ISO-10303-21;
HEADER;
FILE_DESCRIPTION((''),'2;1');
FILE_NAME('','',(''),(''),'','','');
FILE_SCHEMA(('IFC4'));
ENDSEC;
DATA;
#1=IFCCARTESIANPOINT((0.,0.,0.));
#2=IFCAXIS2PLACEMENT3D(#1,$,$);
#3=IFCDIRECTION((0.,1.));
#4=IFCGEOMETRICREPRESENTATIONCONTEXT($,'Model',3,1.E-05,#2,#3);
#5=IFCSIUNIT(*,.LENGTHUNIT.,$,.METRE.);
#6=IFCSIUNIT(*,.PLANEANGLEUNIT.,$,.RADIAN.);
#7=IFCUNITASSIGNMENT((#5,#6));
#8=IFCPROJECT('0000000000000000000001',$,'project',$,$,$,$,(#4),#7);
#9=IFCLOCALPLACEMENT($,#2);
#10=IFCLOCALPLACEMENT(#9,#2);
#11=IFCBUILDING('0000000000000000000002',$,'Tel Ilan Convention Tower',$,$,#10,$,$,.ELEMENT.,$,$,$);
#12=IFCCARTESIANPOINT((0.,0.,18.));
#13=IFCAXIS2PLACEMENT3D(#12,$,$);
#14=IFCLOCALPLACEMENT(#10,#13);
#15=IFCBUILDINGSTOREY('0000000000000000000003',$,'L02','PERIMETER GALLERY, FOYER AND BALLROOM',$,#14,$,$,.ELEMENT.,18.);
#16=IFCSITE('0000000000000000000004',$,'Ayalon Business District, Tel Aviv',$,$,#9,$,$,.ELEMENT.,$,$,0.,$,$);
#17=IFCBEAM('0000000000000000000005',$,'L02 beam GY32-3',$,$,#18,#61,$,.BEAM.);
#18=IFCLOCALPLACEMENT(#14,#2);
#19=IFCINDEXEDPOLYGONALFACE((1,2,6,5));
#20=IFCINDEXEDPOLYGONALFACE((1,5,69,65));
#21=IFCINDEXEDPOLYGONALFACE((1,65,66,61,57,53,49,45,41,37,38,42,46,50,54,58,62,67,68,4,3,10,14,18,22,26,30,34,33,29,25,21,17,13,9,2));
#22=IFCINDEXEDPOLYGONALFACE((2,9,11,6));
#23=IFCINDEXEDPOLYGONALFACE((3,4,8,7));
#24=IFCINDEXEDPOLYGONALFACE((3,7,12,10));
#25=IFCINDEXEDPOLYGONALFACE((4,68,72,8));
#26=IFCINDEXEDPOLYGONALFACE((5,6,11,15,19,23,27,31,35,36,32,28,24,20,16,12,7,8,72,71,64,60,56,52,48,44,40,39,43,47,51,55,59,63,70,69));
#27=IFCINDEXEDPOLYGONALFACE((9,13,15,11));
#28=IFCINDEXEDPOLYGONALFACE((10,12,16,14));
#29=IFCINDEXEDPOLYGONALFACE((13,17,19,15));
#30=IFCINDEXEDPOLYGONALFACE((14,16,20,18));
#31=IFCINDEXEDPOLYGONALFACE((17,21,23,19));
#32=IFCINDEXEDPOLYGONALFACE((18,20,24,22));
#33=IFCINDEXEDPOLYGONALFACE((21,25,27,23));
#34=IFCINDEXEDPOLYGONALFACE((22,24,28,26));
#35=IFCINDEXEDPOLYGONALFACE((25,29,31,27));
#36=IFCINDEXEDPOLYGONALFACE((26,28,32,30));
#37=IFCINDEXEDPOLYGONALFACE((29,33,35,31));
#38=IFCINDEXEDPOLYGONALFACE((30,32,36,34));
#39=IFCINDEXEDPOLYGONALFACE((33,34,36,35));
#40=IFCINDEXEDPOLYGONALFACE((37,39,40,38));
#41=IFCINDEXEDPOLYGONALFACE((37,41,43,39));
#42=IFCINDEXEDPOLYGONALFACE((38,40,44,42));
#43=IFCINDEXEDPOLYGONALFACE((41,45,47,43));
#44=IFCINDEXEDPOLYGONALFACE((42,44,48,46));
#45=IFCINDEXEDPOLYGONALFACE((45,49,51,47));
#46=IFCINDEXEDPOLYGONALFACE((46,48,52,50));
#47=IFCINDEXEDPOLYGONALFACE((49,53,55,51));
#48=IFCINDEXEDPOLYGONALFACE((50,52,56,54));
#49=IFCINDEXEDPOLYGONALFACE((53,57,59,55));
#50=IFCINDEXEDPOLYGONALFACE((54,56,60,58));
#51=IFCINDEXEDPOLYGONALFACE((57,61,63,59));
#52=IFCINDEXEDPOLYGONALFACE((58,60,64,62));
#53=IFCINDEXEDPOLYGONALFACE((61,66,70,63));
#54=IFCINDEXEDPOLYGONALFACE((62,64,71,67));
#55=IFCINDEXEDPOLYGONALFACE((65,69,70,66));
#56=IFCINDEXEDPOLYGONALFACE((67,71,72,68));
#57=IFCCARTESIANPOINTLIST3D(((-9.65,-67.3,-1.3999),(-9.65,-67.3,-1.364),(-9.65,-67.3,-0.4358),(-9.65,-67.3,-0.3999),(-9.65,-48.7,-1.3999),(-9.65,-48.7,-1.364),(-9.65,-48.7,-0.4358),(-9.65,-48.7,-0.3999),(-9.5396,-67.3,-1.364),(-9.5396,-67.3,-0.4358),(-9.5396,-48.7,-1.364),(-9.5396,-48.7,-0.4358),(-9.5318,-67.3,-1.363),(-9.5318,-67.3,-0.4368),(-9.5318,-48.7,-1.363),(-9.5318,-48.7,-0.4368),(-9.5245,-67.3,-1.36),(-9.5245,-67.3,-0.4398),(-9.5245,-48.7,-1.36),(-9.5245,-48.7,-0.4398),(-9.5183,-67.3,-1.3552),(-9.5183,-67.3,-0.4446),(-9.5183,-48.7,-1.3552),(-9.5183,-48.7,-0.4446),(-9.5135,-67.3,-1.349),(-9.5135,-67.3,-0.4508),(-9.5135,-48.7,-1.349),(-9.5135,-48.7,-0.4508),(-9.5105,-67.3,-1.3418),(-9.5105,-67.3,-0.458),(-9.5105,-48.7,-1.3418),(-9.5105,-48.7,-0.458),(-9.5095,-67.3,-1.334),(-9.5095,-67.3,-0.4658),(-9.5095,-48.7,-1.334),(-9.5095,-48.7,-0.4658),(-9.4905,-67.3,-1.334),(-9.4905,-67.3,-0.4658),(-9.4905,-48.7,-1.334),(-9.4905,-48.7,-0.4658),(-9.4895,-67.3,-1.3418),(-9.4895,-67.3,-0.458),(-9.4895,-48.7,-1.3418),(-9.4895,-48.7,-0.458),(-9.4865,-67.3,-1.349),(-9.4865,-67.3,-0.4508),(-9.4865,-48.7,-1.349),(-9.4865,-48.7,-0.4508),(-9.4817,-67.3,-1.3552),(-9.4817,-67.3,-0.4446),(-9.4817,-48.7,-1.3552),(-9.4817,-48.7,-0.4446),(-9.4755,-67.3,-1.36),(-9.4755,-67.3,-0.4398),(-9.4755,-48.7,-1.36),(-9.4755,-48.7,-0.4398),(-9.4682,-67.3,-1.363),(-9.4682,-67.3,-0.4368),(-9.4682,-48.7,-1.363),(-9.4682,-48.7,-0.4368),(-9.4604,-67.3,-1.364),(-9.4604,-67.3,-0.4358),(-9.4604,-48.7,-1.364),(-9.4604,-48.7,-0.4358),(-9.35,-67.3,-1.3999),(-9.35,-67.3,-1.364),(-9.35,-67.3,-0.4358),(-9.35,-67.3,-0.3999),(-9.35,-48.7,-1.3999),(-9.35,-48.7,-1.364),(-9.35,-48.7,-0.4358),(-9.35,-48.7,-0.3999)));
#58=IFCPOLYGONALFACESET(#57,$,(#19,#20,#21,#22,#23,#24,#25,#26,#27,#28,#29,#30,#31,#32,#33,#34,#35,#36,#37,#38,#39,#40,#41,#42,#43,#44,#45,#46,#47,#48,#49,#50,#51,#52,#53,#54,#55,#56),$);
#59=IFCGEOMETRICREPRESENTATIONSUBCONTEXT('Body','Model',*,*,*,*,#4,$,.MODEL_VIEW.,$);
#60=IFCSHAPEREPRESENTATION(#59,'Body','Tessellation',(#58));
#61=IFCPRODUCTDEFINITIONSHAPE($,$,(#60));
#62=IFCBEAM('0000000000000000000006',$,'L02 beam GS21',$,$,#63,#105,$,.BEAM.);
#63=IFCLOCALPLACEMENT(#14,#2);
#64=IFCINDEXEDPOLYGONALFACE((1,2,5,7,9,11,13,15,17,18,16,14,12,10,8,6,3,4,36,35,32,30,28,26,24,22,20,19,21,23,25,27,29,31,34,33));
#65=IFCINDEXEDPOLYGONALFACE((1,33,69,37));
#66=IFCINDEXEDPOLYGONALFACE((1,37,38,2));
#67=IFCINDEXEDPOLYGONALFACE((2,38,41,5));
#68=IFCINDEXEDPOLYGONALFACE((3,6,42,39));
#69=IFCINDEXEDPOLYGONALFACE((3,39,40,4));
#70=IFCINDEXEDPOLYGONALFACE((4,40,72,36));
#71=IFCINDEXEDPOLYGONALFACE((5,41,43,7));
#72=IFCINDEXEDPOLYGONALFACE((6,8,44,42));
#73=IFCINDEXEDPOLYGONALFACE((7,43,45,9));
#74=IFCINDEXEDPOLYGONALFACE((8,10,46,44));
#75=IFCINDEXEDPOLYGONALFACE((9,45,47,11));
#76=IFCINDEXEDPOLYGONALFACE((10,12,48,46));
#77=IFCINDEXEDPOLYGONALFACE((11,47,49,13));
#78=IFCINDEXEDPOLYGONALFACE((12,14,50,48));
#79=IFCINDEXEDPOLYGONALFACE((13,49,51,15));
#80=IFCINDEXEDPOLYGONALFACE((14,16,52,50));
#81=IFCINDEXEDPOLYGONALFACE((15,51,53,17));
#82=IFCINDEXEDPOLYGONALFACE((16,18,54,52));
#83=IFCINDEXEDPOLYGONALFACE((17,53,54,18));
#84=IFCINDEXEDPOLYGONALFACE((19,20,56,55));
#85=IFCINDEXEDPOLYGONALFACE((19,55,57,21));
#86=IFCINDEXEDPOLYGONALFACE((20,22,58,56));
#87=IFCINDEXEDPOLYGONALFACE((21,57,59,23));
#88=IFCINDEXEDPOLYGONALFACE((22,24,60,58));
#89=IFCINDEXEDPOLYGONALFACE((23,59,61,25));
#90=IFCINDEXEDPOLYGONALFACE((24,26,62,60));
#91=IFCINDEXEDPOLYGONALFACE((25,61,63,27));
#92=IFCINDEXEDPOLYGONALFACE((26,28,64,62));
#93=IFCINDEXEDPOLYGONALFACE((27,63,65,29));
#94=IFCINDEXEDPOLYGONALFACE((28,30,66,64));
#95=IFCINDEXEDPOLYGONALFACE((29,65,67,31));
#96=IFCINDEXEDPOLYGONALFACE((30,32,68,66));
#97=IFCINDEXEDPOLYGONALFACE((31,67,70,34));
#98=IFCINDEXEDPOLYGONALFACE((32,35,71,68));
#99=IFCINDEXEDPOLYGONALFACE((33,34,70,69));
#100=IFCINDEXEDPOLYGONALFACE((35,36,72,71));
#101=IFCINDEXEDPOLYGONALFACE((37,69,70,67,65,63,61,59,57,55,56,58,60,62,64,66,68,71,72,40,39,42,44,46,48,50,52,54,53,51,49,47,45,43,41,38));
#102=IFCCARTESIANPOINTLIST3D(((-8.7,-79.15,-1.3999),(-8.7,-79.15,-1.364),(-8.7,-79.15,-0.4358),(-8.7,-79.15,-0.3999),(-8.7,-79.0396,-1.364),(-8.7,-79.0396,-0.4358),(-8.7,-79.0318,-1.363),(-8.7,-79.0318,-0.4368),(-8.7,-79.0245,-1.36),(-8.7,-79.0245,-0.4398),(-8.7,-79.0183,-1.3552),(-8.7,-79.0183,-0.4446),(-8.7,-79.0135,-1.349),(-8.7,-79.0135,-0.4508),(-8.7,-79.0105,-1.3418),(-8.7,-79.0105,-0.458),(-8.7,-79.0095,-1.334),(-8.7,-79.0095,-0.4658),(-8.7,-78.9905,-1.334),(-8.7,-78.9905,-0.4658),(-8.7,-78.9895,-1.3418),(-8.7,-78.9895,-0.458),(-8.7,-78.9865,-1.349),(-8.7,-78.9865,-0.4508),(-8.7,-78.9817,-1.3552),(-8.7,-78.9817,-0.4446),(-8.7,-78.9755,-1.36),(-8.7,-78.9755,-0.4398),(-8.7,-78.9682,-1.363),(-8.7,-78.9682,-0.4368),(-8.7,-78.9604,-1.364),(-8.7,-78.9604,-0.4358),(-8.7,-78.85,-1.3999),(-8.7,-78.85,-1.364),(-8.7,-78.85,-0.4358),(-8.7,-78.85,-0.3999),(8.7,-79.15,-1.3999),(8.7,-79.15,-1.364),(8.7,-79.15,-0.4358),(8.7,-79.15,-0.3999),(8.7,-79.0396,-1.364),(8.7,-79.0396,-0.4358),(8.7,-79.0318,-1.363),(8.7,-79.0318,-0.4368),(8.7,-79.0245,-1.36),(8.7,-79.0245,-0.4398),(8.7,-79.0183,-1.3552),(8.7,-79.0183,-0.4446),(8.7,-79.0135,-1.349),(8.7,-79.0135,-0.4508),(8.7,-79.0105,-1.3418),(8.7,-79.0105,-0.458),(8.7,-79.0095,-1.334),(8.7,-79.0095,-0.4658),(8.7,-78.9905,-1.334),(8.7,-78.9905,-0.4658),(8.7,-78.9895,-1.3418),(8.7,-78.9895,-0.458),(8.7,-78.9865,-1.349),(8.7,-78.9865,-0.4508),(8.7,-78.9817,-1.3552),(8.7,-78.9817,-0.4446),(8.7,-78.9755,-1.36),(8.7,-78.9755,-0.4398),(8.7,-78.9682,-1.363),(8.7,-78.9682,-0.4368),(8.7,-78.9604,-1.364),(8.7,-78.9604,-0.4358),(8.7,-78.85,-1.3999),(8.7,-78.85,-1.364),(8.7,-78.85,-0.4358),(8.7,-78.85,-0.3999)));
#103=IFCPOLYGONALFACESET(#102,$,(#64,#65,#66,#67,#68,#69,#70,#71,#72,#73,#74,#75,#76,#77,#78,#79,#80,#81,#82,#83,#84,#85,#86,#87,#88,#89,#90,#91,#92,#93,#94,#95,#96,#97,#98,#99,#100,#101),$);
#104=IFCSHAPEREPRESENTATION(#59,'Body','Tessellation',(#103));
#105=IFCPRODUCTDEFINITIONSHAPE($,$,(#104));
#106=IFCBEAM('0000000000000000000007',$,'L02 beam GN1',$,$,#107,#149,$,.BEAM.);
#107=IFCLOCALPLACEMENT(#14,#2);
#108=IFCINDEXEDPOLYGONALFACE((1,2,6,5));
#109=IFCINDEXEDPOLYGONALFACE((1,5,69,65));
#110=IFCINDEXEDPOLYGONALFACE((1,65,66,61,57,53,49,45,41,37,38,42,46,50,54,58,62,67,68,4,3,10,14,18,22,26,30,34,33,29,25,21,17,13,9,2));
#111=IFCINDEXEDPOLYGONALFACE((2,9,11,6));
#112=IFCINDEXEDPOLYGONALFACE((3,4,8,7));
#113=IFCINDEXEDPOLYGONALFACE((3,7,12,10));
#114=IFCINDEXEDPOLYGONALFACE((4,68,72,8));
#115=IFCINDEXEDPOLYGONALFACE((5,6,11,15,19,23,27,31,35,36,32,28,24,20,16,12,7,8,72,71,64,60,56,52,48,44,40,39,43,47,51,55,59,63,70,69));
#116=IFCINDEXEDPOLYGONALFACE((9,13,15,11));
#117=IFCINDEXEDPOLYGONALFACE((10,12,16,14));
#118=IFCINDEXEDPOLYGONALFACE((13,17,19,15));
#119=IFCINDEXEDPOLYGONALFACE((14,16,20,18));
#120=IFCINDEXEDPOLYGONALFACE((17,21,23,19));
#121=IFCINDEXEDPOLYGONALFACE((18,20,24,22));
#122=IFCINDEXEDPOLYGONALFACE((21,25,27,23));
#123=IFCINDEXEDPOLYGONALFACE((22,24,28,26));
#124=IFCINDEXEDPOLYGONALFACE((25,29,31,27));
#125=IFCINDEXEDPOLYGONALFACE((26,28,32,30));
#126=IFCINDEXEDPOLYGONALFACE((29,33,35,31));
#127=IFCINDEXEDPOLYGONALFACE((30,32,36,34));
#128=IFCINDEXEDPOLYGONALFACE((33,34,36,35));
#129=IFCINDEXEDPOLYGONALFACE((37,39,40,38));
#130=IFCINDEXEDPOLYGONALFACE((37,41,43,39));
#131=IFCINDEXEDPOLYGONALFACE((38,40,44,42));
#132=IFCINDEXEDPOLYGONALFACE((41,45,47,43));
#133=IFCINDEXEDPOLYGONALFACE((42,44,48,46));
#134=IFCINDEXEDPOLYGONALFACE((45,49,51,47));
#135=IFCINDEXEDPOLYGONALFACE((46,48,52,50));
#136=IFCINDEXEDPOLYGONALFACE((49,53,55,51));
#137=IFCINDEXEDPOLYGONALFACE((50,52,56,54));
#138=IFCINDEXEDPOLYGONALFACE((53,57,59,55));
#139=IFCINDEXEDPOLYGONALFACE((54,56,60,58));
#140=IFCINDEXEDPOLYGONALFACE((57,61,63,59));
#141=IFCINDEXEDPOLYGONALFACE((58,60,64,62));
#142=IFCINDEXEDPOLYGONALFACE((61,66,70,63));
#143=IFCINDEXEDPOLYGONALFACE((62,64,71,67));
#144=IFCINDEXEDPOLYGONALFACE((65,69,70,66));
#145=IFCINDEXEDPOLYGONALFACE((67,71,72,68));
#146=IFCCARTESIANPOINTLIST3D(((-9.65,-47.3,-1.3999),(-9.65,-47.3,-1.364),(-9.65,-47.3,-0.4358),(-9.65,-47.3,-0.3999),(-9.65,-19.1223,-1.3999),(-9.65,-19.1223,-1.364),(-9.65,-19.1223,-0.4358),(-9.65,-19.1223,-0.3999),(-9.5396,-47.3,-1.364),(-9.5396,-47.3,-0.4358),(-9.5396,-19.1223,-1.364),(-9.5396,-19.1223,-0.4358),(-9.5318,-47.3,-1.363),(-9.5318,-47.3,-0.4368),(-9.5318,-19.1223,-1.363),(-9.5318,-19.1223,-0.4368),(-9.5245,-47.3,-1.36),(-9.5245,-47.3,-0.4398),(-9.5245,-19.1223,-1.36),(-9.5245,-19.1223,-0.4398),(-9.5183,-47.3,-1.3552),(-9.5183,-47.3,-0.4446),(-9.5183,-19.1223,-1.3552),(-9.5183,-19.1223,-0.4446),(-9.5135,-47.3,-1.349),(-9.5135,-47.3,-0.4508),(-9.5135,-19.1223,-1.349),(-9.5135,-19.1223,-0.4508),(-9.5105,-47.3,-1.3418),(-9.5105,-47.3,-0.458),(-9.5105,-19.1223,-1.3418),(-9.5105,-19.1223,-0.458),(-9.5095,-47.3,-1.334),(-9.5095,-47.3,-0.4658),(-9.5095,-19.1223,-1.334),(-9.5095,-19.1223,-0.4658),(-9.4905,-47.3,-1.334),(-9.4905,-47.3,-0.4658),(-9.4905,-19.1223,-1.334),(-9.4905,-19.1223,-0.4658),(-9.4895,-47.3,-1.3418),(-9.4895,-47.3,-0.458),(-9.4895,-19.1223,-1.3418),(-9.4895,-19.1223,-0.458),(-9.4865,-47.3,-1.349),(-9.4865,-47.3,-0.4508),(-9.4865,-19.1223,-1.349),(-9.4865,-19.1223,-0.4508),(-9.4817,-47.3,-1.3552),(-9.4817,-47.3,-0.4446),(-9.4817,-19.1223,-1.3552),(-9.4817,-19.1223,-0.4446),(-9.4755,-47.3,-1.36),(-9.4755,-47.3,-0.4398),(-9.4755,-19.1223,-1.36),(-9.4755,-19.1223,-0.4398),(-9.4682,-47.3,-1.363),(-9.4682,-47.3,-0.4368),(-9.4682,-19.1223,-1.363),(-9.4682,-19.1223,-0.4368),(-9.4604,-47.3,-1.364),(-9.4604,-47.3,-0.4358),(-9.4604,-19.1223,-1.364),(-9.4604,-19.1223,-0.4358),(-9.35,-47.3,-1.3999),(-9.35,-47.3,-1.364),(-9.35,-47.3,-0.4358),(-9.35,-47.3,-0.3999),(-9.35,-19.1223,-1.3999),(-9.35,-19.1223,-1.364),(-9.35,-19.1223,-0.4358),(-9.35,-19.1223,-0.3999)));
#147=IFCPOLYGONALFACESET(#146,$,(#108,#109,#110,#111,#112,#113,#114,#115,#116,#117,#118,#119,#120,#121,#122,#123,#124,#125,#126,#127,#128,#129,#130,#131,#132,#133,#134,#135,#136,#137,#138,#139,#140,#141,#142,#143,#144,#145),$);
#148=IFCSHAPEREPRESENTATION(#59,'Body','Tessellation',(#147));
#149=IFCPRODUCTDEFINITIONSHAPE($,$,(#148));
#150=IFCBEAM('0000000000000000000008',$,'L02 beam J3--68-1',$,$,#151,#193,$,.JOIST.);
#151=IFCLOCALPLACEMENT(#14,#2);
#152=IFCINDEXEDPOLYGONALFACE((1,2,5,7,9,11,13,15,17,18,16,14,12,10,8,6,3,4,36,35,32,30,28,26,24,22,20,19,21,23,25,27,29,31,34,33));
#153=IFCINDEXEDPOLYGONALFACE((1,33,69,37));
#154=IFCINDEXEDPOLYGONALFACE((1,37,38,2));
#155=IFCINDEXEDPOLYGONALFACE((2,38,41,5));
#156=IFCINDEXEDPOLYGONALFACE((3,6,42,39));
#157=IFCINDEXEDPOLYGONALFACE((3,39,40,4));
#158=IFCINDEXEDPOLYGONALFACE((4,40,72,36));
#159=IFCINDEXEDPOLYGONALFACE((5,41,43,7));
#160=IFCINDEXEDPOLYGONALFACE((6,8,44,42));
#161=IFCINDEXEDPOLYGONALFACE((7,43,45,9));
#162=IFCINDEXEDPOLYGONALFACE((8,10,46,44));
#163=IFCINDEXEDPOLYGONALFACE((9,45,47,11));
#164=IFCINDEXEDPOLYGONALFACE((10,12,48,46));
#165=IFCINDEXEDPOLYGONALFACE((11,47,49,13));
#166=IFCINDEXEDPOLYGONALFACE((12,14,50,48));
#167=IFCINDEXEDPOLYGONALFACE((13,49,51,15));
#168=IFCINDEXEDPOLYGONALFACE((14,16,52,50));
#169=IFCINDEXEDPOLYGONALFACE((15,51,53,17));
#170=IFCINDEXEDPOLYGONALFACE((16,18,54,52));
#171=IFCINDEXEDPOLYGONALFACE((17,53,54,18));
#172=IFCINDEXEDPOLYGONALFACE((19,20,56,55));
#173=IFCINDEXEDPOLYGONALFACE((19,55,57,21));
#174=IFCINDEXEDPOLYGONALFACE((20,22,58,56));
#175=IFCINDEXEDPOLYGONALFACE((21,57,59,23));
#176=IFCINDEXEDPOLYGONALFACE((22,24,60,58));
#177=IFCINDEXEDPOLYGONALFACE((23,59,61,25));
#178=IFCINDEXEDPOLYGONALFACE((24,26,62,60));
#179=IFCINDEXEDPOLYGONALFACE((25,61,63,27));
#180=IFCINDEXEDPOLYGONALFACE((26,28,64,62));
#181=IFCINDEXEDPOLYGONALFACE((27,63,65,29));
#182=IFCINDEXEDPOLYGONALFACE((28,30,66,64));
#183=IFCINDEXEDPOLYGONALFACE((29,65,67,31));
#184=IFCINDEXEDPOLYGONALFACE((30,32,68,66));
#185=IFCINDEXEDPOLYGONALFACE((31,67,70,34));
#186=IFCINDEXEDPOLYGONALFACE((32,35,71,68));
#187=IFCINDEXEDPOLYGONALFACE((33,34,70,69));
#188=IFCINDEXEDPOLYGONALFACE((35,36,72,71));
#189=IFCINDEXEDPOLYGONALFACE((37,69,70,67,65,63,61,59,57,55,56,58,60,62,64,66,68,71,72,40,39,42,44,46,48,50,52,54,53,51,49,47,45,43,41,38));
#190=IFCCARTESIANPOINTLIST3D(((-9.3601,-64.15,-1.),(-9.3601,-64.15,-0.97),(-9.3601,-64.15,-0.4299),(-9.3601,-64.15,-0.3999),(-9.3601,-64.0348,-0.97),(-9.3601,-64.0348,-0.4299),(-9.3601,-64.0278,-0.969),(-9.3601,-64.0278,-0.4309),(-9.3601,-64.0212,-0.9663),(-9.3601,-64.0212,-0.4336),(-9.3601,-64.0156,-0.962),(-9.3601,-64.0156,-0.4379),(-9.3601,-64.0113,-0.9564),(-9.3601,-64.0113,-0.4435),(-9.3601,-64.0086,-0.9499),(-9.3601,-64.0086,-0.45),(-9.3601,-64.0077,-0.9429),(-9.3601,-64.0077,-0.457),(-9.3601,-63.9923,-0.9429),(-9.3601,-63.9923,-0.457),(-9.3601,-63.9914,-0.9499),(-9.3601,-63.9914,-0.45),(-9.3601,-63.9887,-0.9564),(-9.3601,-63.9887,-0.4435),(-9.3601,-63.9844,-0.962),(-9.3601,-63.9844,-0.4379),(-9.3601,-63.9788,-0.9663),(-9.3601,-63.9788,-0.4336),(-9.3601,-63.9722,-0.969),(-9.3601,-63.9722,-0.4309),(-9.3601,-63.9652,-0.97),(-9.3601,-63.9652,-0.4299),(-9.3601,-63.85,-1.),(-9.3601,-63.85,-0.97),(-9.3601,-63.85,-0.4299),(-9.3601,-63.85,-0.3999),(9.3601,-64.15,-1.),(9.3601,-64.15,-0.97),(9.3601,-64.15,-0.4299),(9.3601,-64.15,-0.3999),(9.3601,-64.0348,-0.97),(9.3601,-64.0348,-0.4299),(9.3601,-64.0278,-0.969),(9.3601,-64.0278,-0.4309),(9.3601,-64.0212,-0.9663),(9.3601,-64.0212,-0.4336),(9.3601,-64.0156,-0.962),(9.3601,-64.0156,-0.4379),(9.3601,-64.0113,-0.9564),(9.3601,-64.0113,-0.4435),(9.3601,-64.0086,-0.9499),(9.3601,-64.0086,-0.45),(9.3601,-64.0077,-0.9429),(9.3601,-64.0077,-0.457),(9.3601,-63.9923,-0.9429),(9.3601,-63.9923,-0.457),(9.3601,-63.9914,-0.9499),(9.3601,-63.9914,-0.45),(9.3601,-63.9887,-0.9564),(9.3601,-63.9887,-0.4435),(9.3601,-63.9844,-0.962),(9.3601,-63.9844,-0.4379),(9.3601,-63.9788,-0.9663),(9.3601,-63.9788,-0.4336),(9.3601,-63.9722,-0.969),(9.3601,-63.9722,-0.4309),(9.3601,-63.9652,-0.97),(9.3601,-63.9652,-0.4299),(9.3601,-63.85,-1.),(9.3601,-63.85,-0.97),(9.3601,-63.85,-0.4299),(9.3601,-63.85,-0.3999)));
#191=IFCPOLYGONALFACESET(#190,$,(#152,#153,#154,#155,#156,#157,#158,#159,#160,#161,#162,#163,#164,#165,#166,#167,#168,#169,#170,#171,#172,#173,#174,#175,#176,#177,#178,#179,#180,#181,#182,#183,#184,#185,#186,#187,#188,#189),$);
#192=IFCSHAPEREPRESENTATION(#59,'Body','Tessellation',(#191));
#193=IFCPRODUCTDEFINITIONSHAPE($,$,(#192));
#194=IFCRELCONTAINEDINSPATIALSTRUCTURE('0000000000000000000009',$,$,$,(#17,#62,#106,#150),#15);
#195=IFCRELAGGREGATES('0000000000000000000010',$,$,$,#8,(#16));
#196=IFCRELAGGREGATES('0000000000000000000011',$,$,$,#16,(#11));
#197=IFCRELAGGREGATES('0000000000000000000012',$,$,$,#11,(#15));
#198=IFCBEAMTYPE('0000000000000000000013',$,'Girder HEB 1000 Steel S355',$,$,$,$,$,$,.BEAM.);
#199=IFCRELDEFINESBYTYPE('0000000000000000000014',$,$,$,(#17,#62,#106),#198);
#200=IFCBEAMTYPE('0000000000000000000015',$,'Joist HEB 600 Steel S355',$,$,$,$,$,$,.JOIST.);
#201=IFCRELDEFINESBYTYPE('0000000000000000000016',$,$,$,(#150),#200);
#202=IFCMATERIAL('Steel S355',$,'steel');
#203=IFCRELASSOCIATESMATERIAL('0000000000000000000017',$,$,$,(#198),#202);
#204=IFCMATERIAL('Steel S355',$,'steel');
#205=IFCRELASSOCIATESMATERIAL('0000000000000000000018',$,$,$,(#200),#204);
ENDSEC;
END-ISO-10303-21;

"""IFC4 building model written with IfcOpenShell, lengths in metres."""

from ifc_helpers import new_model, si_unit, direction, frame, origin, origin_2d, place, context, subcontext, project, spatial, i_section, extrude, material, material_profile, profile_set, type_object, element, save


model = new_model("IFC4")

# Units and contexts
model_context = context("Model", 3, precision=1e-05, world=origin(), true_north=direction((0.0, 1.0)))
body_context = subcontext(model_context, "Body", "Model", "MODEL_VIEW")
ifc_project = project(units=[si_unit("LENGTHUNIT", "METRE"), si_unit("PLANEANGLEUNIT", "RADIAN")], contexts=[model_context])

# Site, building, storey
site_placement = place(None, origin())
site = spatial("IfcSite", under=ifc_project, at=site_placement, Name="Ayalon Business District, Tel Aviv", CompositionType="ELEMENT", RefElevation=0.0)
building_placement = place(site_placement, origin())
building = spatial("IfcBuilding", under=site, at=building_placement, Name="Tel Ilan Convention Tower", CompositionType="ELEMENT")
storey_placement = place(building_placement, frame((0.0, 0.0, 18.0)))
storey = spatial("IfcBuildingStorey", under=building, at=storey_placement, Name="L02", Description="PERIMETER GALLERY, FOYER AND BALLROOM", CompositionType="ELEMENT", Elevation=18.0)

# Beams
ifc_material_1 = material(Name="Steel S355", Category="steel")
ifc_material_profile_1 = material_profile(ifc_material_1, i_section(OverallWidth=0.3, OverallDepth=1.0, WebThickness=0.019, FlangeThickness=0.0359, FilletRadius=0.03, at=origin_2d()), Name="HEB 1000")
ifc_profile_set_1 = profile_set([ifc_material_profile_1], Name="Steel S355")
beam_type_1 = type_object("IfcBeamType", Name="Girder HEB 1000 Steel S355", PredefinedType="BEAM", material=ifc_profile_set_1)
beam_1_placement = place(storey_placement, frame((-9.5, -67.3, -0.8999), z_axis=(0.0, 1.0, 0.0), x_axis=(-1.0, 0.0, 0.0)))
element("IfcBeam", 1, at=beam_1_placement, inside=storey, type_object=beam_type_1, Name="L02 beam GY32-3", PredefinedType="BEAM", context=body_context, shape_type="SweptSolid", body=[
    extrude(i_section(OverallWidth=0.3, OverallDepth=1.0, WebThickness=0.019, FlangeThickness=0.0359, FilletRadius=0.03, at=origin_2d()), origin(), (0.0, 0.0, 1.0), 18.6001),
])
beam_2_placement = place(storey_placement, frame((-8.7, -79.0, -0.8999), z_axis=(1.0, 0.0, 0.0), x_axis=(0.0, 1.0, 0.0)))
element("IfcBeam", 2, at=beam_2_placement, inside=storey, type_object=beam_type_1, Name="L02 beam GS21", PredefinedType="BEAM", context=body_context, shape_type="SweptSolid", body=[
    extrude(i_section(OverallWidth=0.3, OverallDepth=1.0, WebThickness=0.019, FlangeThickness=0.0359, FilletRadius=0.03, at=origin_2d()), origin(), (0.0, 0.0, 1.0), 17.3999),
])
beam_3_placement = place(storey_placement, frame((-9.5, -47.3, -0.8999), z_axis=(0.0, 1.0, 0.0), x_axis=(-1.0, 0.0, 0.0)))
element("IfcBeam", 3, at=beam_3_placement, inside=storey, type_object=beam_type_1, Name="L02 beam GN1", PredefinedType="BEAM", context=body_context, shape_type="SweptSolid", body=[
    extrude(i_section(OverallWidth=0.3, OverallDepth=1.0, WebThickness=0.019, FlangeThickness=0.0359, FilletRadius=0.03, at=origin_2d()), origin(), (0.0, 0.0, 1.0), 28.1777),
])
ifc_material_2 = material(Name="Steel S355", Category="steel")
ifc_material_profile_2 = material_profile(ifc_material_2, i_section(OverallWidth=0.3, OverallDepth=0.6001, WebThickness=0.0154, FlangeThickness=0.03, FilletRadius=0.0271, at=origin_2d()), Name="HEB 600")
ifc_profile_set_2 = profile_set([ifc_material_profile_2], Name="Steel S355")
beam_type_2 = type_object("IfcBeamType", Name="Joist HEB 600 Steel S355", PredefinedType="JOIST", material=ifc_profile_set_2)
for number, where, z_axis, x_axis, name in (
    (4, (-9.3601, -64.0, -0.7), (1.0, 0.0, 0.0), (0.0, 1.0, 0.0), "L02 beam J3--68-1"),
):
    element("IfcBeam", number, at=place(storey_placement, frame(where, z_axis=z_axis, x_axis=x_axis)), inside=storey, type_object=beam_type_2, Name=name, PredefinedType="JOIST", context=body_context, shape_type="SweptSolid", body=[
        extrude(i_section(OverallWidth=0.3, OverallDepth=0.6001, WebThickness=0.0154, FlangeThickness=0.03, FilletRadius=0.0271, at=origin_2d()), origin(), (0.0, 0.0, 1.0), 18.7202),
    ])

save(model, "model.ifc")
